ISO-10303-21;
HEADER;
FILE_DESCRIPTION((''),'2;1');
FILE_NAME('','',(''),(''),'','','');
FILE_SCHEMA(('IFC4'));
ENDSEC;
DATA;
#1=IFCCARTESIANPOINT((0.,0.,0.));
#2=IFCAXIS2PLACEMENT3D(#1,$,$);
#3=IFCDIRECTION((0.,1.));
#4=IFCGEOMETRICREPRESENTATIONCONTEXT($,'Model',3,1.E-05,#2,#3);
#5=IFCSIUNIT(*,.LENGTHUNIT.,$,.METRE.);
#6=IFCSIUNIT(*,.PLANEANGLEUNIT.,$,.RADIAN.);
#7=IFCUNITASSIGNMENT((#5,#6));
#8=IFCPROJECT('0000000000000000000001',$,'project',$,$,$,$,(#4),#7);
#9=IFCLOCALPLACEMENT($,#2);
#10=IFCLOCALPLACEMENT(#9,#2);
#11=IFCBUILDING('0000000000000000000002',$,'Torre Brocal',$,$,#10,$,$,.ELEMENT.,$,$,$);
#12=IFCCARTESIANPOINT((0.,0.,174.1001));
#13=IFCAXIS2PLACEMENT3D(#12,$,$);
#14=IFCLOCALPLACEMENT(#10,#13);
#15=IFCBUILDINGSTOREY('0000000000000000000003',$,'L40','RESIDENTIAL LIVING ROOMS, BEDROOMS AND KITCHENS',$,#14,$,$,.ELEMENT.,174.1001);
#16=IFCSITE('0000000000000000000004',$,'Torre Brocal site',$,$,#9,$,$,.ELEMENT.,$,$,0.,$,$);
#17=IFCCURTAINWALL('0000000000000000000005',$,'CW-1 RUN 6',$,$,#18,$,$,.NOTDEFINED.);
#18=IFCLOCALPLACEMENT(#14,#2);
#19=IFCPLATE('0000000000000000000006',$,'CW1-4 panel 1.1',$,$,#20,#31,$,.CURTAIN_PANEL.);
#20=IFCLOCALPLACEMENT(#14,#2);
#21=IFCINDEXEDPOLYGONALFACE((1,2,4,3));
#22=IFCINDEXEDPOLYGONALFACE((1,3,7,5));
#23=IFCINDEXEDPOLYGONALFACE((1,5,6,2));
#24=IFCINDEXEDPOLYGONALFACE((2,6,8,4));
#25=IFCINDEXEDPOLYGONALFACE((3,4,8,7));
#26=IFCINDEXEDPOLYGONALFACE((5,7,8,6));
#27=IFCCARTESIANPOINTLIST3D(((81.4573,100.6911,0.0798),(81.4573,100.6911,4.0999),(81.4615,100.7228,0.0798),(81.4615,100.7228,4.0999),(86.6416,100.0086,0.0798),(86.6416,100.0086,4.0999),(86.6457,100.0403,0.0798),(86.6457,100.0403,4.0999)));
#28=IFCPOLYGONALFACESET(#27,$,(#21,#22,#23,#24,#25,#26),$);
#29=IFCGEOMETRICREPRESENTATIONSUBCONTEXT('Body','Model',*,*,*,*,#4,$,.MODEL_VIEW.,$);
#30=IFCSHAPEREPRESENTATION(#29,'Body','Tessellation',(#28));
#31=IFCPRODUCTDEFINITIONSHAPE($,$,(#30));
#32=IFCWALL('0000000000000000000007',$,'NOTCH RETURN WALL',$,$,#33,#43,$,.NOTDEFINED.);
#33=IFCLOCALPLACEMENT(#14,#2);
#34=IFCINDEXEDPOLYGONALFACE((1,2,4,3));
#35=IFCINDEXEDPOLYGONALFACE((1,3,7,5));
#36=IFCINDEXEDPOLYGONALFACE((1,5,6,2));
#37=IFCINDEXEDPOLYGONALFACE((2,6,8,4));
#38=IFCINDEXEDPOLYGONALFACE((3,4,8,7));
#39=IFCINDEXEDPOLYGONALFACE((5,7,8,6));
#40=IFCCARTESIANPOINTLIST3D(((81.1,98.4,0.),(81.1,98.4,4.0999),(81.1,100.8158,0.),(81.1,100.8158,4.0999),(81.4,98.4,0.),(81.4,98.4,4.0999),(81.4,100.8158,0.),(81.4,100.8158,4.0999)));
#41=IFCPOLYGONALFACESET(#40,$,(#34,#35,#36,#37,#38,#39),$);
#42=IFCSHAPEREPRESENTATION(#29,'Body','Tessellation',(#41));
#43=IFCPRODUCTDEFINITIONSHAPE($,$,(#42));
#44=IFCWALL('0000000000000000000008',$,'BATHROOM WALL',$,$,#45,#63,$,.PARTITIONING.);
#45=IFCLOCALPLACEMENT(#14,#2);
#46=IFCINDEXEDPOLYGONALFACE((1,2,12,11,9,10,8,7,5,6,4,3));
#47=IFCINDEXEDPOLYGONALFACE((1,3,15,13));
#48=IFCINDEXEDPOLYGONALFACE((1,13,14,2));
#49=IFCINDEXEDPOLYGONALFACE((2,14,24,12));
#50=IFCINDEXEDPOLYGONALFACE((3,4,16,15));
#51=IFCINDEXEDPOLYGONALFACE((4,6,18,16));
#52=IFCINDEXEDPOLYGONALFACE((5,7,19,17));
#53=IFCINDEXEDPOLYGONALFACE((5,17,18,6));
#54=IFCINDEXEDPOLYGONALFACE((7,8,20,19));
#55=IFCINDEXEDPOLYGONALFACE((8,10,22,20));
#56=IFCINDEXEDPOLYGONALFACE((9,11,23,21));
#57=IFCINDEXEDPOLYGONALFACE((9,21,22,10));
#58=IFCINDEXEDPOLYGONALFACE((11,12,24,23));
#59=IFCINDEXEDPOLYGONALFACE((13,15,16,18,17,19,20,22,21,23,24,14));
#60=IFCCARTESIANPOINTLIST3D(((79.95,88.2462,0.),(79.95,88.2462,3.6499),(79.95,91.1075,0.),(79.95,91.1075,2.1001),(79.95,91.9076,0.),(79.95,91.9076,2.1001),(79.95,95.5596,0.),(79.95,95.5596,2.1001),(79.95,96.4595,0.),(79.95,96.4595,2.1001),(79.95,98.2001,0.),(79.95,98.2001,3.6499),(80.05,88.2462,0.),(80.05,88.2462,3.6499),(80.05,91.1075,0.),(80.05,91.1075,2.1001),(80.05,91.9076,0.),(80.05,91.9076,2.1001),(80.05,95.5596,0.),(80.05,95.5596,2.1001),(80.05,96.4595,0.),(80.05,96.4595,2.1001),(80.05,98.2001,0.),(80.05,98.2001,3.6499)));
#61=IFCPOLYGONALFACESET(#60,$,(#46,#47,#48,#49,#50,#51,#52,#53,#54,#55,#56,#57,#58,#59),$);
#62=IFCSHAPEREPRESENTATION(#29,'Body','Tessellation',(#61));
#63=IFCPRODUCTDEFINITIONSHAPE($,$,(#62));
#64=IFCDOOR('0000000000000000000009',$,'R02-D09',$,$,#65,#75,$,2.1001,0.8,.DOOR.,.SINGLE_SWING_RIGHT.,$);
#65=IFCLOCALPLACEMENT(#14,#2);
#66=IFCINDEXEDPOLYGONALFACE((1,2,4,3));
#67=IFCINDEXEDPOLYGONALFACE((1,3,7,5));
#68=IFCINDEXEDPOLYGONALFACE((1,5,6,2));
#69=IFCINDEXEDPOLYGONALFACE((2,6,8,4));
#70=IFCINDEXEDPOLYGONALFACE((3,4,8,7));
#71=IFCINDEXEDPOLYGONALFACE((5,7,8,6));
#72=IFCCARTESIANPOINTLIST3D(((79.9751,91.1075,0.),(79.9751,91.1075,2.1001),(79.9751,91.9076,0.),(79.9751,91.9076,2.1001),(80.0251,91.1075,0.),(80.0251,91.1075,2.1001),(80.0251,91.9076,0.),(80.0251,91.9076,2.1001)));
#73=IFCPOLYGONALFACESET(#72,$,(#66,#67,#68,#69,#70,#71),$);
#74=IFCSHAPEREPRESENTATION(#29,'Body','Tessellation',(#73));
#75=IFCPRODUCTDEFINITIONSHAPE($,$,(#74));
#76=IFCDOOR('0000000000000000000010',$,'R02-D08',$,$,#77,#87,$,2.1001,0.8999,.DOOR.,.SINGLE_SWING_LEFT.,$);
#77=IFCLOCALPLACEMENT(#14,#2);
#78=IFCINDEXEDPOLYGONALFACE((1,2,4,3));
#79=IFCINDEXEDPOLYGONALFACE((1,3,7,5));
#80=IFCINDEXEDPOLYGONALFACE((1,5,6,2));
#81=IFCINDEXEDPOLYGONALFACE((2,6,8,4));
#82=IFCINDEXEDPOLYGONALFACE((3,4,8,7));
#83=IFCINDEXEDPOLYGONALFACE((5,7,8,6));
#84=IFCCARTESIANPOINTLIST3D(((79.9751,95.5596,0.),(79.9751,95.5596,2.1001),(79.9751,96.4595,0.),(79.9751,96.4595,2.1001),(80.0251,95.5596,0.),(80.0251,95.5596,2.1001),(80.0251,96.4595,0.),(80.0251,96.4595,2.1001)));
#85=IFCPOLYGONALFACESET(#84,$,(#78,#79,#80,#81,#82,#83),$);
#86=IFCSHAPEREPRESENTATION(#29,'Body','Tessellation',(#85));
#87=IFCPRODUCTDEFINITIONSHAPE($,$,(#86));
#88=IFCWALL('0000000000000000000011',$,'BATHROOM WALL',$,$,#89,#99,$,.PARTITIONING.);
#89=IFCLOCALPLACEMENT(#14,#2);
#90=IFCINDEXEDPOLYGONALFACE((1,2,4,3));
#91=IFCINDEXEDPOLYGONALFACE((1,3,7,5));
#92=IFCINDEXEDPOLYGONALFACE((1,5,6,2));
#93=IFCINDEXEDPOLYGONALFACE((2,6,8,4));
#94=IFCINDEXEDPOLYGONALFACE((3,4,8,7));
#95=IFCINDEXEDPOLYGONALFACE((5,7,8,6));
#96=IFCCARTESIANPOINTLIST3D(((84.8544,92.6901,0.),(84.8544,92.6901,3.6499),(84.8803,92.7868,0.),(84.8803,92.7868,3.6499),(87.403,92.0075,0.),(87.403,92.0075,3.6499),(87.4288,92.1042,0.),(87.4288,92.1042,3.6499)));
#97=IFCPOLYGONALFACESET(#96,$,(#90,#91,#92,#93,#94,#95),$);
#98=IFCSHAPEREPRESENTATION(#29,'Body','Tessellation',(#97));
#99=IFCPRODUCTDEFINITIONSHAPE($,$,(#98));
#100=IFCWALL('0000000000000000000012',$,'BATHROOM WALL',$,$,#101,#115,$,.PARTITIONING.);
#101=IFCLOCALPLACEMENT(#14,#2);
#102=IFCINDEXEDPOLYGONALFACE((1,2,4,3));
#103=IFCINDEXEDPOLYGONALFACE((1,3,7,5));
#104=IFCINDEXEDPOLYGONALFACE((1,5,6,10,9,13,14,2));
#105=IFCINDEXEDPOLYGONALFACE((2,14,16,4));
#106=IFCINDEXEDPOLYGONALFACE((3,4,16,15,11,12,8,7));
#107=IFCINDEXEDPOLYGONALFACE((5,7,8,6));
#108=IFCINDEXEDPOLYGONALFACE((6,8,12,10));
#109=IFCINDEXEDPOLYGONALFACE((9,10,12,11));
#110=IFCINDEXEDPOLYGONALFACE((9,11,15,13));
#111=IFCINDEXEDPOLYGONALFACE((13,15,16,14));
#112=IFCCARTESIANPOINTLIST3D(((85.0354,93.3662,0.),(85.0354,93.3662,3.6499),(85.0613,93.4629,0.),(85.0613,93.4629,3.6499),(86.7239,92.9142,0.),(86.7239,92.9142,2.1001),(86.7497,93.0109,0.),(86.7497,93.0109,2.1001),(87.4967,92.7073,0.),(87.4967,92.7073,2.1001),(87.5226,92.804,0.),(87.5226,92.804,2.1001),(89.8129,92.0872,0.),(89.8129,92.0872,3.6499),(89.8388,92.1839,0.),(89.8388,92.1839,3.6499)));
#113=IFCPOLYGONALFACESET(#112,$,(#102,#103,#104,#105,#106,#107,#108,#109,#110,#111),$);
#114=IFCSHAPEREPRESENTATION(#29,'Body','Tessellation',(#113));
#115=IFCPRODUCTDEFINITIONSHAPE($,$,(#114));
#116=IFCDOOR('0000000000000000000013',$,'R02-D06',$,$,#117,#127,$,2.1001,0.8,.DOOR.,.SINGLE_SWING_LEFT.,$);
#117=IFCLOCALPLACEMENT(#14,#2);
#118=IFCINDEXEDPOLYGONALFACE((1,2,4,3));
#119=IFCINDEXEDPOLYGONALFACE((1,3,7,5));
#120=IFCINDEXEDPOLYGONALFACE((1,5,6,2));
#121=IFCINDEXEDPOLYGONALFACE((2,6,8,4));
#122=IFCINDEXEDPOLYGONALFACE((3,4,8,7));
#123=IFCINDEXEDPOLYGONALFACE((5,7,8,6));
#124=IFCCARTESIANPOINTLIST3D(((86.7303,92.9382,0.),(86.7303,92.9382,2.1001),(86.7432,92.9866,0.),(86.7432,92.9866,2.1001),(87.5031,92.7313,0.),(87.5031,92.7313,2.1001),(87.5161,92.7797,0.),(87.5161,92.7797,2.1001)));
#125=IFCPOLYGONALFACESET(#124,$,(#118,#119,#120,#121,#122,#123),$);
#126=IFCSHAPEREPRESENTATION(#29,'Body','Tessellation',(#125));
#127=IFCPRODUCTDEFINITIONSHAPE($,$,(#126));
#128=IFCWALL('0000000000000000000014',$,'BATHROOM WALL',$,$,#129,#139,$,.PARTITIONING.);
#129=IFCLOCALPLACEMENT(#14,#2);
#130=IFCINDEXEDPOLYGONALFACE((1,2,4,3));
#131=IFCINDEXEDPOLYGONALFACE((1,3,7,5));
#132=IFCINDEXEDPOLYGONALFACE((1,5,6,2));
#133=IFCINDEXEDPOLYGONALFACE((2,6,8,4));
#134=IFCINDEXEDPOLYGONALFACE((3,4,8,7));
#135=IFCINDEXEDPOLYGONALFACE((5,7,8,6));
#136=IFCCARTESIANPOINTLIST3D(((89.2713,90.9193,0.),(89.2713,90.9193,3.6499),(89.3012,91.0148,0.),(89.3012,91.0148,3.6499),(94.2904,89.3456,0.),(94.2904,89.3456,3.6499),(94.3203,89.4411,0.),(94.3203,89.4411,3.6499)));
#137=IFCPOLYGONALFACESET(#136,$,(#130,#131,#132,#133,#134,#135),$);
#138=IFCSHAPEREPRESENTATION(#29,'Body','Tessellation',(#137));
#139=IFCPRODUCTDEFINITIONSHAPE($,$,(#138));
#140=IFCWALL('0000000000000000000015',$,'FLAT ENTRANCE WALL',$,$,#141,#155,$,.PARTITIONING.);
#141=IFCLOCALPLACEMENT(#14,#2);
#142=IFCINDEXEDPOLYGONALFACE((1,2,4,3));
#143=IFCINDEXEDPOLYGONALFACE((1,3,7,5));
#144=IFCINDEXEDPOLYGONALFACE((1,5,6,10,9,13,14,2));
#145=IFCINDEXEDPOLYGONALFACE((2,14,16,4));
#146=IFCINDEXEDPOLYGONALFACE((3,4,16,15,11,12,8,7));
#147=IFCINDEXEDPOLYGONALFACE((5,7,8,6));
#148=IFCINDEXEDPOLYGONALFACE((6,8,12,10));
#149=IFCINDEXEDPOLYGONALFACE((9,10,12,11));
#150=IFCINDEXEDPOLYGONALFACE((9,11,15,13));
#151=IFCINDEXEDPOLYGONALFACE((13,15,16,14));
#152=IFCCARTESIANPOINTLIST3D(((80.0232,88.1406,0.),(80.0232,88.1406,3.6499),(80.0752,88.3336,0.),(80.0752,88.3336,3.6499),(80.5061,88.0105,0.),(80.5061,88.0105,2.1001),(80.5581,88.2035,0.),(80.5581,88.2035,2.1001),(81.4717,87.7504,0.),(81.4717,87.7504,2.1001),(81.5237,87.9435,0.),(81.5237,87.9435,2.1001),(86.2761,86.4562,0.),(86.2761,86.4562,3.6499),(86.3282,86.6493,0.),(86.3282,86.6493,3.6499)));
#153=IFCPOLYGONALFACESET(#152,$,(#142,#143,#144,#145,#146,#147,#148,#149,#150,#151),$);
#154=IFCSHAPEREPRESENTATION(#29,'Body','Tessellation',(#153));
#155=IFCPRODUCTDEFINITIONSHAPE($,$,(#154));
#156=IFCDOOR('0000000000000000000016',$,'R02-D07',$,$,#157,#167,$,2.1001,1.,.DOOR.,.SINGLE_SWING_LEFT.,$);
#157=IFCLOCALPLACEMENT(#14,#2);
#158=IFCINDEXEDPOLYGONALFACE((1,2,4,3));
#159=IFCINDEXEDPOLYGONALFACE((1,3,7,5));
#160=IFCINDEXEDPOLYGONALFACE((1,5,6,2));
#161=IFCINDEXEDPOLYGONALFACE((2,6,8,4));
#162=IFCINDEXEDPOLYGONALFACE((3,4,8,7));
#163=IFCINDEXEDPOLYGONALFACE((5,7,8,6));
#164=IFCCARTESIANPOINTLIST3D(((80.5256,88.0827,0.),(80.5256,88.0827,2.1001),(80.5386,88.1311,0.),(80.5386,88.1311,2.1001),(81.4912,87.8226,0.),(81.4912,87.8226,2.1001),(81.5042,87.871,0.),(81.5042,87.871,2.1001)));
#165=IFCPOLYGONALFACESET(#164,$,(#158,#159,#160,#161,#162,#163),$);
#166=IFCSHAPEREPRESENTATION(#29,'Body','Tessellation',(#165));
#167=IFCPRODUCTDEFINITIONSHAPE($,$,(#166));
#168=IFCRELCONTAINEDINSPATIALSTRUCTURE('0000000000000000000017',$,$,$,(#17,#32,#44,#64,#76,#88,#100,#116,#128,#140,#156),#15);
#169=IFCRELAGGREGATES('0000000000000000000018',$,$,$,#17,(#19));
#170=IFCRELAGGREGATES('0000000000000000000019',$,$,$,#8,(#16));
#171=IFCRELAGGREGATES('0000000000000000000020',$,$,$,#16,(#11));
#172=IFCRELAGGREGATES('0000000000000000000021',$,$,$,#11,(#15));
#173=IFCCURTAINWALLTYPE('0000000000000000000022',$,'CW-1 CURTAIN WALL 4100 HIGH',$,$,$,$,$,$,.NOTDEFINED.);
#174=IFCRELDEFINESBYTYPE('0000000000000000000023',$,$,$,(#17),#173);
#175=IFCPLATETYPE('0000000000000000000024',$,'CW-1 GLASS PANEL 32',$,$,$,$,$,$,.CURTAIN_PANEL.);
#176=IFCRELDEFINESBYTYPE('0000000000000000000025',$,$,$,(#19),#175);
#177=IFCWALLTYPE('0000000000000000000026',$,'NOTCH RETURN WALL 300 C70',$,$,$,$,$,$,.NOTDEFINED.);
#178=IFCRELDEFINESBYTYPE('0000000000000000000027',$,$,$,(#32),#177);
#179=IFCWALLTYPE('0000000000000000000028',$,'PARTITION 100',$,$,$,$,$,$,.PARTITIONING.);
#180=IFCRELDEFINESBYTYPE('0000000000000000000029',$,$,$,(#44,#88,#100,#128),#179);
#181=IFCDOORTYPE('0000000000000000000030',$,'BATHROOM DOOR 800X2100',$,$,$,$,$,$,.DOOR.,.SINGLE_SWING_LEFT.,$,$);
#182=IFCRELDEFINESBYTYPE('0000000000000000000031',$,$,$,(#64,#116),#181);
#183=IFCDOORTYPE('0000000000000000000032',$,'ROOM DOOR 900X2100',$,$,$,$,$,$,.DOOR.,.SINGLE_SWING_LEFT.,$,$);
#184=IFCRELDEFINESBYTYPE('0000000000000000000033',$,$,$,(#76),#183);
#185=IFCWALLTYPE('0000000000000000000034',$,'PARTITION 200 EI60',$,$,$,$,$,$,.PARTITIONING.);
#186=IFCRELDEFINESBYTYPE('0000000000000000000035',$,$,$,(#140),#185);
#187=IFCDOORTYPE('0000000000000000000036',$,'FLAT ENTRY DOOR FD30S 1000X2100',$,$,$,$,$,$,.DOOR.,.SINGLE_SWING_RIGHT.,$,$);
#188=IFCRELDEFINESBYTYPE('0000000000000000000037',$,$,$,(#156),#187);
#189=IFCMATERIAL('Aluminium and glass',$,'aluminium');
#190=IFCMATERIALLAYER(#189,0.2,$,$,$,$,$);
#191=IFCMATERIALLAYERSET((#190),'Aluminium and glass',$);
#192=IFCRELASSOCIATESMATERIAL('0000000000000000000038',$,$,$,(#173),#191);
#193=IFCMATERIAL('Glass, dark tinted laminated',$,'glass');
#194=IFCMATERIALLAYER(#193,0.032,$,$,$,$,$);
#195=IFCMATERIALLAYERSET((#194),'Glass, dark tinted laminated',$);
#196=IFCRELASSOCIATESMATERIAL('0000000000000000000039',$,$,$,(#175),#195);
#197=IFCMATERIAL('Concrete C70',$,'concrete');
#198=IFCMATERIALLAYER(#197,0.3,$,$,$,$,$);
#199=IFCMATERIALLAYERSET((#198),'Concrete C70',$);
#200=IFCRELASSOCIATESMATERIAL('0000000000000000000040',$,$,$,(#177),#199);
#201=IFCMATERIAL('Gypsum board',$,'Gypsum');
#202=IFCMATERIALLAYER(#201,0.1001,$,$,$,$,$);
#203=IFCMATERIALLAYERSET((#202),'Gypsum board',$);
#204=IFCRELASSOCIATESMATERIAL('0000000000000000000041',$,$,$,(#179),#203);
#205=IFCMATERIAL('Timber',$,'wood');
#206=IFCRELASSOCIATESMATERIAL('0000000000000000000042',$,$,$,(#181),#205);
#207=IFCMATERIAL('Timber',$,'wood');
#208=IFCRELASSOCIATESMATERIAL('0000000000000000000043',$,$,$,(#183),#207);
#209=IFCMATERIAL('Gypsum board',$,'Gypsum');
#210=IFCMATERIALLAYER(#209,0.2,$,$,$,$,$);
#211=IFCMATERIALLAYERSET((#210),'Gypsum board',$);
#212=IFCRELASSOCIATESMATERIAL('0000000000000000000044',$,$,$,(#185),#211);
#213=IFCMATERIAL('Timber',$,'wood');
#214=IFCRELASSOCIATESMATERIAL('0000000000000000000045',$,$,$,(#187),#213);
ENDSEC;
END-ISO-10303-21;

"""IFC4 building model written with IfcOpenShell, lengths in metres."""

from ifc_helpers import new_model, si_unit, direction, frame, frame_2d, origin, origin_2d, place, context, subcontext, project, spatial, rectangle, extrude, material, layer, layer_set, type_object, element, fill, aggregate, save


model = new_model("IFC4")

# Units and contexts
model_context = context("Model", 3, precision=1e-05, world=origin(), true_north=direction((0.0, 1.0)))
body_context = subcontext(model_context, "Body", "Model", "MODEL_VIEW")
ifc_project = project(units=[si_unit("LENGTHUNIT", "METRE"), si_unit("PLANEANGLEUNIT", "RADIAN")], contexts=[model_context])

# Site, building, storey
site_placement = place(None, origin())
site = spatial("IfcSite", under=ifc_project, at=site_placement, Name="Torre Brocal site", CompositionType="ELEMENT", RefElevation=0.0)
building_placement = place(site_placement, origin())
building = spatial("IfcBuilding", under=site, at=building_placement, Name="Torre Brocal", CompositionType="ELEMENT")
storey_placement = place(building_placement, frame((0.0, 0.0, 174.1001)))
storey = spatial("IfcBuildingStorey", under=building, at=storey_placement, Name="L40", Description="RESIDENTIAL LIVING ROOMS, BEDROOMS AND KITCHENS", CompositionType="ELEMENT", Elevation=174.1001)

# Shared definitions
ifc_material_1 = material(Name="Aluminium and glass", Category="aluminium")
ifc_layer_1 = layer(ifc_material_1, 0.2)
ifc_layer_set_1 = layer_set([ifc_layer_1], Name="Aluminium and glass")
curtain_wall_type = type_object("IfcCurtainWallType", Name="CW-1 CURTAIN WALL 4100 HIGH", PredefinedType="NOTDEFINED", material=ifc_layer_set_1)

# Curtain wall
curtain_wall_1_placement = place(storey_placement, origin())
curtain_wall_1 = element("IfcCurtainWall", 1, at=curtain_wall_1_placement, inside=storey, type_object=curtain_wall_type, Name="CW-1 RUN 6", PredefinedType="NOTDEFINED")

# Plate
ifc_material_2 = material(Name="Glass, dark tinted laminated", Category="glass")
ifc_layer_2 = layer(ifc_material_2, 0.032)
ifc_layer_set_2 = layer_set([ifc_layer_2], Name="Glass, dark tinted laminated")
plate_type = type_object("IfcPlateType", Name="CW-1 GLASS PANEL 32", PredefinedType="CURTAIN_PANEL", material=ifc_layer_set_2)
plate_1_placement = place(storey_placement, frame((84.0515, 100.3657, 0.0798), z_axis=(0.0, 0.0, 1.0), x_axis=(-0.991445, 0.130526, 0.0)))
plate_1 = element("IfcPlate", 2, at=plate_1_placement, type_object=plate_type, Name="CW1-4 panel 1.1", PredefinedType="CURTAIN_PANEL", context=body_context, shape_type="SweptSolid", body=[
    extrude(rectangle(XDim=5.229, YDim=0.032, at=origin_2d()), origin(), (0.0, 0.0, 1.0), 4.02),
])
aggregate(curtain_wall_1, [plate_1])

# Wall
ifc_material_3 = material(Name="Concrete C70", Category="concrete")
ifc_layer_3 = layer(ifc_material_3, 0.3)
ifc_layer_set_3 = layer_set([ifc_layer_3], Name="Concrete C70")
wall_type_1 = type_object("IfcWallType", Name="NOTCH RETURN WALL 300 C70", PredefinedType="NOTDEFINED", material=ifc_layer_set_3)
wall_1_placement = place(storey_placement, frame((81.25, 98.3999, 0.0), z_axis=(0.0, 0.0, 1.0), x_axis=(0.0, 1.0, 0.0)))
element("IfcWall", 3, at=wall_1_placement, inside=storey, type_object=wall_type_1, Name="NOTCH RETURN WALL", PredefinedType="NOTDEFINED", context=body_context, shape_type="SweptSolid", body=[
    extrude(rectangle(XDim=2.4158, YDim=0.3, at=frame_2d((1.208, 0.0))), origin(), (0.0, 0.0, 1.0), 4.0999),
])

# Wall, openings, doors
ifc_material_4 = material(Name="Gypsum board", Category="Gypsum")
ifc_layer_4 = layer(ifc_material_4, 0.1001)
ifc_layer_set_4 = layer_set([ifc_layer_4], Name="Gypsum board")
wall_type_2 = type_object("IfcWallType", Name="PARTITION 100", PredefinedType="PARTITIONING", material=ifc_layer_set_4)
wall_2_placement = place(storey_placement, frame((80.0, 88.2461, 0.0), z_axis=(0.0, 0.0, 1.0), x_axis=(0.0, 1.0, 0.0)))
wall_2 = element("IfcWall", 4, at=wall_2_placement, inside=storey, type_object=wall_type_2, Name="BATHROOM WALL", PredefinedType="PARTITIONING", context=body_context, shape_type="SweptSolid", body=[
    extrude(rectangle(XDim=9.9539, YDim=0.1001, at=frame_2d((4.9771, 0.0))), origin(), (0.0, 0.0, 1.0), 3.6499),
])
opening_1_placement = place(wall_2_placement, frame((7.3135, 0.0, 0.0)))
opening_1 = element("IfcOpeningElement", 5, at=opening_1_placement, cuts=wall_2, PredefinedType="OPENING", context=body_context, shape_type="SweptSolid", body=[
    extrude(rectangle(XDim=0.8999, YDim=2.1001, at=frame_2d((0.45, 1.05))), frame((0.0, 0.0601, 0.0), z_axis=(0.0, -1.0, 0.0), x_axis=(1.0, 0.0, 0.0)), (0.0, 0.0, 1.0), 0.1201),
])
opening_2_placement = place(wall_2_placement, frame((2.8616, 0.0, 0.0)))
opening_2 = element("IfcOpeningElement", 6, at=opening_2_placement, cuts=wall_2, PredefinedType="OPENING", context=body_context, shape_type="SweptSolid", body=[
    extrude(rectangle(XDim=0.8, YDim=2.1001, at=frame_2d((0.3999, 1.05))), frame((0.0, 0.0601, 0.0), z_axis=(0.0, -1.0, 0.0), x_axis=(1.0, 0.0, 0.0)), (0.0, 0.0, 1.0), 0.1201),
])
ifc_material_5 = material(Name="Timber", Category="wood")
door_type_1 = type_object("IfcDoorType", Name="BATHROOM DOOR 800X2100", OperationType="SINGLE_SWING_LEFT", PredefinedType="DOOR", material=ifc_material_5)
door_1_placement = place(opening_2_placement, origin())
door_1 = element("IfcDoor", 7, at=door_1_placement, inside=storey, type_object=door_type_1, Name="R02-D09", OperationType="SINGLE_SWING_RIGHT", OverallHeight=2.1001, OverallWidth=0.8, PredefinedType="DOOR", context=body_context, shape_type="SweptSolid", body=[
    extrude(rectangle(XDim=0.8, YDim=2.1001, at=frame_2d((0.3999, 1.05))), frame((0.0, 0.0249, 0.0), z_axis=(0.0, -1.0, 0.0), x_axis=(1.0, 0.0, 0.0)), (0.0, 0.0, 1.0), 0.05),
])
fill(opening_2, door_1)
ifc_material_6 = material(Name="Timber", Category="wood")
door_type_2 = type_object("IfcDoorType", Name="ROOM DOOR 900X2100", OperationType="SINGLE_SWING_LEFT", PredefinedType="DOOR", material=ifc_material_6)
door_2_placement = place(opening_1_placement, origin())
door_2 = element("IfcDoor", 8, at=door_2_placement, inside=storey, type_object=door_type_2, Name="R02-D08", OperationType="SINGLE_SWING_LEFT", OverallHeight=2.1001, OverallWidth=0.8999, PredefinedType="DOOR", context=body_context, shape_type="SweptSolid", body=[
    extrude(rectangle(XDim=0.8999, YDim=2.1001, at=frame_2d((0.45, 1.05))), frame((0.0, 0.0249, 0.0), z_axis=(0.0, -1.0, 0.0), x_axis=(1.0, 0.0, 0.0)), (0.0, 0.0, 1.0), 0.05),
])
fill(opening_1, door_2)

# Wall
wall_3_placement = place(storey_placement, frame((84.8672, 92.7385, 0.0), z_axis=(0.0, 0.0, 1.0), x_axis=(0.965952, -0.258722, 0.0)))
element("IfcWall", 9, at=wall_3_placement, inside=storey, type_object=wall_type_2, Name="BATHROOM WALL", PredefinedType="PARTITIONING", context=body_context, shape_type="SweptSolid", body=[
    extrude(rectangle(XDim=2.6384, YDim=0.1001, at=frame_2d((1.3193, 0.0))), origin(), (0.0, 0.0, 1.0), 3.6499),
])

# Wall, opening, door
wall_4_placement = place(storey_placement, frame((85.0483, 93.4146, 0.0), z_axis=(0.0, 0.0, 1.0), x_axis=(0.965981, -0.258612, 0.0)))
wall_4 = element("IfcWall", 10, at=wall_4_placement, inside=storey, type_object=wall_type_2, Name="BATHROOM WALL", PredefinedType="PARTITIONING", context=body_context, shape_type="SweptSolid", body=[
    extrude(rectangle(XDim=4.9458, YDim=0.1001, at=frame_2d((2.4729, 0.0))), origin(), (0.0, 0.0, 1.0), 3.6499),
])
opening_3_placement = place(wall_4_placement, frame((1.748, 0.0, 0.0)))
opening_3 = element("IfcOpeningElement", 11, at=opening_3_placement, cuts=wall_4, PredefinedType="OPENING", context=body_context, shape_type="SweptSolid", body=[
    extrude(rectangle(XDim=0.8, YDim=2.1001, at=frame_2d((0.3999, 1.05))), frame((0.0, 0.0601, 0.0), z_axis=(0.0, -1.0, 0.0), x_axis=(1.0, 0.0, 0.0)), (0.0, 0.0, 1.0), 0.1201),
])
door_3_placement = place(opening_3_placement, origin())
door_3 = element("IfcDoor", 12, at=door_3_placement, inside=storey, type_object=door_type_1, Name="R02-D06", OperationType="SINGLE_SWING_LEFT", OverallHeight=2.1001, OverallWidth=0.8, PredefinedType="DOOR", context=body_context, shape_type="SweptSolid", body=[
    extrude(rectangle(XDim=0.8, YDim=2.1001, at=frame_2d((0.3999, 1.05))), frame((0.0, 0.0249, 0.0), z_axis=(0.0, -1.0, 0.0), x_axis=(1.0, 0.0, 0.0)), (0.0, 0.0, 1.0), 0.05),
])
fill(opening_3, door_3)

# Wall
wall_5_placement = place(storey_placement, frame((89.2864, 90.967, 0.0), z_axis=(0.0, 0.0, 1.0), x_axis=(0.954194, -0.299189, 0.0)))
element("IfcWall", 13, at=wall_5_placement, inside=storey, type_object=wall_type_2, Name="BATHROOM WALL", PredefinedType="PARTITIONING", context=body_context, shape_type="SweptSolid", body=[
    extrude(rectangle(XDim=5.26, YDim=0.1001, at=frame_2d((2.6299, 0.0))), origin(), (0.0, 0.0, 1.0), 3.6499),
])

# Wall, opening, door
ifc_material_7 = material(Name="Gypsum board", Category="Gypsum")
ifc_layer_5 = layer(ifc_material_7, 0.2)
ifc_layer_set_5 = layer_set([ifc_layer_5], Name="Gypsum board")
wall_type_3 = type_object("IfcWallType", Name="PARTITION 200 EI60", PredefinedType="PARTITIONING", material=ifc_layer_set_5)
wall_6_placement = place(storey_placement, frame((80.0493, 88.2371, 0.0), z_axis=(0.0, 0.0, 1.0), x_axis=(0.965583, -0.260095, 0.0)))
wall_6 = element("IfcWall", 14, at=wall_6_placement, inside=storey, type_object=wall_type_3, Name="FLAT ENTRANCE WALL", PredefinedType="PARTITIONING", context=body_context, shape_type="SweptSolid", body=[
    extrude(rectangle(XDim=6.4758, YDim=0.2, at=frame_2d((3.2378, 0.0))), origin(), (0.0, 0.0, 1.0), 3.6499),
])
opening_4_placement = place(wall_6_placement, frame((0.5, 0.0, 0.0)))
opening_4 = element("IfcOpeningElement", 15, at=opening_4_placement, cuts=wall_6, PredefinedType="OPENING", context=body_context, shape_type="SweptSolid", body=[
    extrude(rectangle(XDim=1.0, YDim=2.1001, at=frame_2d((0.5, 1.05))), frame((0.0, 0.1099, 0.0), z_axis=(0.0, -1.0, 0.0), x_axis=(1.0, 0.0, 0.0)), (0.0, 0.0, 1.0), 0.22),
])
ifc_material_8 = material(Name="Timber", Category="wood")
door_type_3 = type_object("IfcDoorType", Name="FLAT ENTRY DOOR FD30S 1000X2100", OperationType="SINGLE_SWING_RIGHT", PredefinedType="DOOR", material=ifc_material_8)
door_4_placement = place(opening_4_placement, origin())
door_4 = element("IfcDoor", 16, at=door_4_placement, inside=storey, type_object=door_type_3, Name="R02-D07", OperationType="SINGLE_SWING_LEFT", OverallHeight=2.1001, OverallWidth=1.0, PredefinedType="DOOR", context=body_context, shape_type="SweptSolid", body=[
    extrude(rectangle(XDim=1.0, YDim=2.1001, at=frame_2d((0.5, 1.05))), frame((0.0, 0.0249, 0.0), z_axis=(0.0, -1.0, 0.0), x_axis=(1.0, 0.0, 0.0)), (0.0, 0.0, 1.0), 0.05),
])
fill(opening_4, door_4)

save(model, "model.ifc")
